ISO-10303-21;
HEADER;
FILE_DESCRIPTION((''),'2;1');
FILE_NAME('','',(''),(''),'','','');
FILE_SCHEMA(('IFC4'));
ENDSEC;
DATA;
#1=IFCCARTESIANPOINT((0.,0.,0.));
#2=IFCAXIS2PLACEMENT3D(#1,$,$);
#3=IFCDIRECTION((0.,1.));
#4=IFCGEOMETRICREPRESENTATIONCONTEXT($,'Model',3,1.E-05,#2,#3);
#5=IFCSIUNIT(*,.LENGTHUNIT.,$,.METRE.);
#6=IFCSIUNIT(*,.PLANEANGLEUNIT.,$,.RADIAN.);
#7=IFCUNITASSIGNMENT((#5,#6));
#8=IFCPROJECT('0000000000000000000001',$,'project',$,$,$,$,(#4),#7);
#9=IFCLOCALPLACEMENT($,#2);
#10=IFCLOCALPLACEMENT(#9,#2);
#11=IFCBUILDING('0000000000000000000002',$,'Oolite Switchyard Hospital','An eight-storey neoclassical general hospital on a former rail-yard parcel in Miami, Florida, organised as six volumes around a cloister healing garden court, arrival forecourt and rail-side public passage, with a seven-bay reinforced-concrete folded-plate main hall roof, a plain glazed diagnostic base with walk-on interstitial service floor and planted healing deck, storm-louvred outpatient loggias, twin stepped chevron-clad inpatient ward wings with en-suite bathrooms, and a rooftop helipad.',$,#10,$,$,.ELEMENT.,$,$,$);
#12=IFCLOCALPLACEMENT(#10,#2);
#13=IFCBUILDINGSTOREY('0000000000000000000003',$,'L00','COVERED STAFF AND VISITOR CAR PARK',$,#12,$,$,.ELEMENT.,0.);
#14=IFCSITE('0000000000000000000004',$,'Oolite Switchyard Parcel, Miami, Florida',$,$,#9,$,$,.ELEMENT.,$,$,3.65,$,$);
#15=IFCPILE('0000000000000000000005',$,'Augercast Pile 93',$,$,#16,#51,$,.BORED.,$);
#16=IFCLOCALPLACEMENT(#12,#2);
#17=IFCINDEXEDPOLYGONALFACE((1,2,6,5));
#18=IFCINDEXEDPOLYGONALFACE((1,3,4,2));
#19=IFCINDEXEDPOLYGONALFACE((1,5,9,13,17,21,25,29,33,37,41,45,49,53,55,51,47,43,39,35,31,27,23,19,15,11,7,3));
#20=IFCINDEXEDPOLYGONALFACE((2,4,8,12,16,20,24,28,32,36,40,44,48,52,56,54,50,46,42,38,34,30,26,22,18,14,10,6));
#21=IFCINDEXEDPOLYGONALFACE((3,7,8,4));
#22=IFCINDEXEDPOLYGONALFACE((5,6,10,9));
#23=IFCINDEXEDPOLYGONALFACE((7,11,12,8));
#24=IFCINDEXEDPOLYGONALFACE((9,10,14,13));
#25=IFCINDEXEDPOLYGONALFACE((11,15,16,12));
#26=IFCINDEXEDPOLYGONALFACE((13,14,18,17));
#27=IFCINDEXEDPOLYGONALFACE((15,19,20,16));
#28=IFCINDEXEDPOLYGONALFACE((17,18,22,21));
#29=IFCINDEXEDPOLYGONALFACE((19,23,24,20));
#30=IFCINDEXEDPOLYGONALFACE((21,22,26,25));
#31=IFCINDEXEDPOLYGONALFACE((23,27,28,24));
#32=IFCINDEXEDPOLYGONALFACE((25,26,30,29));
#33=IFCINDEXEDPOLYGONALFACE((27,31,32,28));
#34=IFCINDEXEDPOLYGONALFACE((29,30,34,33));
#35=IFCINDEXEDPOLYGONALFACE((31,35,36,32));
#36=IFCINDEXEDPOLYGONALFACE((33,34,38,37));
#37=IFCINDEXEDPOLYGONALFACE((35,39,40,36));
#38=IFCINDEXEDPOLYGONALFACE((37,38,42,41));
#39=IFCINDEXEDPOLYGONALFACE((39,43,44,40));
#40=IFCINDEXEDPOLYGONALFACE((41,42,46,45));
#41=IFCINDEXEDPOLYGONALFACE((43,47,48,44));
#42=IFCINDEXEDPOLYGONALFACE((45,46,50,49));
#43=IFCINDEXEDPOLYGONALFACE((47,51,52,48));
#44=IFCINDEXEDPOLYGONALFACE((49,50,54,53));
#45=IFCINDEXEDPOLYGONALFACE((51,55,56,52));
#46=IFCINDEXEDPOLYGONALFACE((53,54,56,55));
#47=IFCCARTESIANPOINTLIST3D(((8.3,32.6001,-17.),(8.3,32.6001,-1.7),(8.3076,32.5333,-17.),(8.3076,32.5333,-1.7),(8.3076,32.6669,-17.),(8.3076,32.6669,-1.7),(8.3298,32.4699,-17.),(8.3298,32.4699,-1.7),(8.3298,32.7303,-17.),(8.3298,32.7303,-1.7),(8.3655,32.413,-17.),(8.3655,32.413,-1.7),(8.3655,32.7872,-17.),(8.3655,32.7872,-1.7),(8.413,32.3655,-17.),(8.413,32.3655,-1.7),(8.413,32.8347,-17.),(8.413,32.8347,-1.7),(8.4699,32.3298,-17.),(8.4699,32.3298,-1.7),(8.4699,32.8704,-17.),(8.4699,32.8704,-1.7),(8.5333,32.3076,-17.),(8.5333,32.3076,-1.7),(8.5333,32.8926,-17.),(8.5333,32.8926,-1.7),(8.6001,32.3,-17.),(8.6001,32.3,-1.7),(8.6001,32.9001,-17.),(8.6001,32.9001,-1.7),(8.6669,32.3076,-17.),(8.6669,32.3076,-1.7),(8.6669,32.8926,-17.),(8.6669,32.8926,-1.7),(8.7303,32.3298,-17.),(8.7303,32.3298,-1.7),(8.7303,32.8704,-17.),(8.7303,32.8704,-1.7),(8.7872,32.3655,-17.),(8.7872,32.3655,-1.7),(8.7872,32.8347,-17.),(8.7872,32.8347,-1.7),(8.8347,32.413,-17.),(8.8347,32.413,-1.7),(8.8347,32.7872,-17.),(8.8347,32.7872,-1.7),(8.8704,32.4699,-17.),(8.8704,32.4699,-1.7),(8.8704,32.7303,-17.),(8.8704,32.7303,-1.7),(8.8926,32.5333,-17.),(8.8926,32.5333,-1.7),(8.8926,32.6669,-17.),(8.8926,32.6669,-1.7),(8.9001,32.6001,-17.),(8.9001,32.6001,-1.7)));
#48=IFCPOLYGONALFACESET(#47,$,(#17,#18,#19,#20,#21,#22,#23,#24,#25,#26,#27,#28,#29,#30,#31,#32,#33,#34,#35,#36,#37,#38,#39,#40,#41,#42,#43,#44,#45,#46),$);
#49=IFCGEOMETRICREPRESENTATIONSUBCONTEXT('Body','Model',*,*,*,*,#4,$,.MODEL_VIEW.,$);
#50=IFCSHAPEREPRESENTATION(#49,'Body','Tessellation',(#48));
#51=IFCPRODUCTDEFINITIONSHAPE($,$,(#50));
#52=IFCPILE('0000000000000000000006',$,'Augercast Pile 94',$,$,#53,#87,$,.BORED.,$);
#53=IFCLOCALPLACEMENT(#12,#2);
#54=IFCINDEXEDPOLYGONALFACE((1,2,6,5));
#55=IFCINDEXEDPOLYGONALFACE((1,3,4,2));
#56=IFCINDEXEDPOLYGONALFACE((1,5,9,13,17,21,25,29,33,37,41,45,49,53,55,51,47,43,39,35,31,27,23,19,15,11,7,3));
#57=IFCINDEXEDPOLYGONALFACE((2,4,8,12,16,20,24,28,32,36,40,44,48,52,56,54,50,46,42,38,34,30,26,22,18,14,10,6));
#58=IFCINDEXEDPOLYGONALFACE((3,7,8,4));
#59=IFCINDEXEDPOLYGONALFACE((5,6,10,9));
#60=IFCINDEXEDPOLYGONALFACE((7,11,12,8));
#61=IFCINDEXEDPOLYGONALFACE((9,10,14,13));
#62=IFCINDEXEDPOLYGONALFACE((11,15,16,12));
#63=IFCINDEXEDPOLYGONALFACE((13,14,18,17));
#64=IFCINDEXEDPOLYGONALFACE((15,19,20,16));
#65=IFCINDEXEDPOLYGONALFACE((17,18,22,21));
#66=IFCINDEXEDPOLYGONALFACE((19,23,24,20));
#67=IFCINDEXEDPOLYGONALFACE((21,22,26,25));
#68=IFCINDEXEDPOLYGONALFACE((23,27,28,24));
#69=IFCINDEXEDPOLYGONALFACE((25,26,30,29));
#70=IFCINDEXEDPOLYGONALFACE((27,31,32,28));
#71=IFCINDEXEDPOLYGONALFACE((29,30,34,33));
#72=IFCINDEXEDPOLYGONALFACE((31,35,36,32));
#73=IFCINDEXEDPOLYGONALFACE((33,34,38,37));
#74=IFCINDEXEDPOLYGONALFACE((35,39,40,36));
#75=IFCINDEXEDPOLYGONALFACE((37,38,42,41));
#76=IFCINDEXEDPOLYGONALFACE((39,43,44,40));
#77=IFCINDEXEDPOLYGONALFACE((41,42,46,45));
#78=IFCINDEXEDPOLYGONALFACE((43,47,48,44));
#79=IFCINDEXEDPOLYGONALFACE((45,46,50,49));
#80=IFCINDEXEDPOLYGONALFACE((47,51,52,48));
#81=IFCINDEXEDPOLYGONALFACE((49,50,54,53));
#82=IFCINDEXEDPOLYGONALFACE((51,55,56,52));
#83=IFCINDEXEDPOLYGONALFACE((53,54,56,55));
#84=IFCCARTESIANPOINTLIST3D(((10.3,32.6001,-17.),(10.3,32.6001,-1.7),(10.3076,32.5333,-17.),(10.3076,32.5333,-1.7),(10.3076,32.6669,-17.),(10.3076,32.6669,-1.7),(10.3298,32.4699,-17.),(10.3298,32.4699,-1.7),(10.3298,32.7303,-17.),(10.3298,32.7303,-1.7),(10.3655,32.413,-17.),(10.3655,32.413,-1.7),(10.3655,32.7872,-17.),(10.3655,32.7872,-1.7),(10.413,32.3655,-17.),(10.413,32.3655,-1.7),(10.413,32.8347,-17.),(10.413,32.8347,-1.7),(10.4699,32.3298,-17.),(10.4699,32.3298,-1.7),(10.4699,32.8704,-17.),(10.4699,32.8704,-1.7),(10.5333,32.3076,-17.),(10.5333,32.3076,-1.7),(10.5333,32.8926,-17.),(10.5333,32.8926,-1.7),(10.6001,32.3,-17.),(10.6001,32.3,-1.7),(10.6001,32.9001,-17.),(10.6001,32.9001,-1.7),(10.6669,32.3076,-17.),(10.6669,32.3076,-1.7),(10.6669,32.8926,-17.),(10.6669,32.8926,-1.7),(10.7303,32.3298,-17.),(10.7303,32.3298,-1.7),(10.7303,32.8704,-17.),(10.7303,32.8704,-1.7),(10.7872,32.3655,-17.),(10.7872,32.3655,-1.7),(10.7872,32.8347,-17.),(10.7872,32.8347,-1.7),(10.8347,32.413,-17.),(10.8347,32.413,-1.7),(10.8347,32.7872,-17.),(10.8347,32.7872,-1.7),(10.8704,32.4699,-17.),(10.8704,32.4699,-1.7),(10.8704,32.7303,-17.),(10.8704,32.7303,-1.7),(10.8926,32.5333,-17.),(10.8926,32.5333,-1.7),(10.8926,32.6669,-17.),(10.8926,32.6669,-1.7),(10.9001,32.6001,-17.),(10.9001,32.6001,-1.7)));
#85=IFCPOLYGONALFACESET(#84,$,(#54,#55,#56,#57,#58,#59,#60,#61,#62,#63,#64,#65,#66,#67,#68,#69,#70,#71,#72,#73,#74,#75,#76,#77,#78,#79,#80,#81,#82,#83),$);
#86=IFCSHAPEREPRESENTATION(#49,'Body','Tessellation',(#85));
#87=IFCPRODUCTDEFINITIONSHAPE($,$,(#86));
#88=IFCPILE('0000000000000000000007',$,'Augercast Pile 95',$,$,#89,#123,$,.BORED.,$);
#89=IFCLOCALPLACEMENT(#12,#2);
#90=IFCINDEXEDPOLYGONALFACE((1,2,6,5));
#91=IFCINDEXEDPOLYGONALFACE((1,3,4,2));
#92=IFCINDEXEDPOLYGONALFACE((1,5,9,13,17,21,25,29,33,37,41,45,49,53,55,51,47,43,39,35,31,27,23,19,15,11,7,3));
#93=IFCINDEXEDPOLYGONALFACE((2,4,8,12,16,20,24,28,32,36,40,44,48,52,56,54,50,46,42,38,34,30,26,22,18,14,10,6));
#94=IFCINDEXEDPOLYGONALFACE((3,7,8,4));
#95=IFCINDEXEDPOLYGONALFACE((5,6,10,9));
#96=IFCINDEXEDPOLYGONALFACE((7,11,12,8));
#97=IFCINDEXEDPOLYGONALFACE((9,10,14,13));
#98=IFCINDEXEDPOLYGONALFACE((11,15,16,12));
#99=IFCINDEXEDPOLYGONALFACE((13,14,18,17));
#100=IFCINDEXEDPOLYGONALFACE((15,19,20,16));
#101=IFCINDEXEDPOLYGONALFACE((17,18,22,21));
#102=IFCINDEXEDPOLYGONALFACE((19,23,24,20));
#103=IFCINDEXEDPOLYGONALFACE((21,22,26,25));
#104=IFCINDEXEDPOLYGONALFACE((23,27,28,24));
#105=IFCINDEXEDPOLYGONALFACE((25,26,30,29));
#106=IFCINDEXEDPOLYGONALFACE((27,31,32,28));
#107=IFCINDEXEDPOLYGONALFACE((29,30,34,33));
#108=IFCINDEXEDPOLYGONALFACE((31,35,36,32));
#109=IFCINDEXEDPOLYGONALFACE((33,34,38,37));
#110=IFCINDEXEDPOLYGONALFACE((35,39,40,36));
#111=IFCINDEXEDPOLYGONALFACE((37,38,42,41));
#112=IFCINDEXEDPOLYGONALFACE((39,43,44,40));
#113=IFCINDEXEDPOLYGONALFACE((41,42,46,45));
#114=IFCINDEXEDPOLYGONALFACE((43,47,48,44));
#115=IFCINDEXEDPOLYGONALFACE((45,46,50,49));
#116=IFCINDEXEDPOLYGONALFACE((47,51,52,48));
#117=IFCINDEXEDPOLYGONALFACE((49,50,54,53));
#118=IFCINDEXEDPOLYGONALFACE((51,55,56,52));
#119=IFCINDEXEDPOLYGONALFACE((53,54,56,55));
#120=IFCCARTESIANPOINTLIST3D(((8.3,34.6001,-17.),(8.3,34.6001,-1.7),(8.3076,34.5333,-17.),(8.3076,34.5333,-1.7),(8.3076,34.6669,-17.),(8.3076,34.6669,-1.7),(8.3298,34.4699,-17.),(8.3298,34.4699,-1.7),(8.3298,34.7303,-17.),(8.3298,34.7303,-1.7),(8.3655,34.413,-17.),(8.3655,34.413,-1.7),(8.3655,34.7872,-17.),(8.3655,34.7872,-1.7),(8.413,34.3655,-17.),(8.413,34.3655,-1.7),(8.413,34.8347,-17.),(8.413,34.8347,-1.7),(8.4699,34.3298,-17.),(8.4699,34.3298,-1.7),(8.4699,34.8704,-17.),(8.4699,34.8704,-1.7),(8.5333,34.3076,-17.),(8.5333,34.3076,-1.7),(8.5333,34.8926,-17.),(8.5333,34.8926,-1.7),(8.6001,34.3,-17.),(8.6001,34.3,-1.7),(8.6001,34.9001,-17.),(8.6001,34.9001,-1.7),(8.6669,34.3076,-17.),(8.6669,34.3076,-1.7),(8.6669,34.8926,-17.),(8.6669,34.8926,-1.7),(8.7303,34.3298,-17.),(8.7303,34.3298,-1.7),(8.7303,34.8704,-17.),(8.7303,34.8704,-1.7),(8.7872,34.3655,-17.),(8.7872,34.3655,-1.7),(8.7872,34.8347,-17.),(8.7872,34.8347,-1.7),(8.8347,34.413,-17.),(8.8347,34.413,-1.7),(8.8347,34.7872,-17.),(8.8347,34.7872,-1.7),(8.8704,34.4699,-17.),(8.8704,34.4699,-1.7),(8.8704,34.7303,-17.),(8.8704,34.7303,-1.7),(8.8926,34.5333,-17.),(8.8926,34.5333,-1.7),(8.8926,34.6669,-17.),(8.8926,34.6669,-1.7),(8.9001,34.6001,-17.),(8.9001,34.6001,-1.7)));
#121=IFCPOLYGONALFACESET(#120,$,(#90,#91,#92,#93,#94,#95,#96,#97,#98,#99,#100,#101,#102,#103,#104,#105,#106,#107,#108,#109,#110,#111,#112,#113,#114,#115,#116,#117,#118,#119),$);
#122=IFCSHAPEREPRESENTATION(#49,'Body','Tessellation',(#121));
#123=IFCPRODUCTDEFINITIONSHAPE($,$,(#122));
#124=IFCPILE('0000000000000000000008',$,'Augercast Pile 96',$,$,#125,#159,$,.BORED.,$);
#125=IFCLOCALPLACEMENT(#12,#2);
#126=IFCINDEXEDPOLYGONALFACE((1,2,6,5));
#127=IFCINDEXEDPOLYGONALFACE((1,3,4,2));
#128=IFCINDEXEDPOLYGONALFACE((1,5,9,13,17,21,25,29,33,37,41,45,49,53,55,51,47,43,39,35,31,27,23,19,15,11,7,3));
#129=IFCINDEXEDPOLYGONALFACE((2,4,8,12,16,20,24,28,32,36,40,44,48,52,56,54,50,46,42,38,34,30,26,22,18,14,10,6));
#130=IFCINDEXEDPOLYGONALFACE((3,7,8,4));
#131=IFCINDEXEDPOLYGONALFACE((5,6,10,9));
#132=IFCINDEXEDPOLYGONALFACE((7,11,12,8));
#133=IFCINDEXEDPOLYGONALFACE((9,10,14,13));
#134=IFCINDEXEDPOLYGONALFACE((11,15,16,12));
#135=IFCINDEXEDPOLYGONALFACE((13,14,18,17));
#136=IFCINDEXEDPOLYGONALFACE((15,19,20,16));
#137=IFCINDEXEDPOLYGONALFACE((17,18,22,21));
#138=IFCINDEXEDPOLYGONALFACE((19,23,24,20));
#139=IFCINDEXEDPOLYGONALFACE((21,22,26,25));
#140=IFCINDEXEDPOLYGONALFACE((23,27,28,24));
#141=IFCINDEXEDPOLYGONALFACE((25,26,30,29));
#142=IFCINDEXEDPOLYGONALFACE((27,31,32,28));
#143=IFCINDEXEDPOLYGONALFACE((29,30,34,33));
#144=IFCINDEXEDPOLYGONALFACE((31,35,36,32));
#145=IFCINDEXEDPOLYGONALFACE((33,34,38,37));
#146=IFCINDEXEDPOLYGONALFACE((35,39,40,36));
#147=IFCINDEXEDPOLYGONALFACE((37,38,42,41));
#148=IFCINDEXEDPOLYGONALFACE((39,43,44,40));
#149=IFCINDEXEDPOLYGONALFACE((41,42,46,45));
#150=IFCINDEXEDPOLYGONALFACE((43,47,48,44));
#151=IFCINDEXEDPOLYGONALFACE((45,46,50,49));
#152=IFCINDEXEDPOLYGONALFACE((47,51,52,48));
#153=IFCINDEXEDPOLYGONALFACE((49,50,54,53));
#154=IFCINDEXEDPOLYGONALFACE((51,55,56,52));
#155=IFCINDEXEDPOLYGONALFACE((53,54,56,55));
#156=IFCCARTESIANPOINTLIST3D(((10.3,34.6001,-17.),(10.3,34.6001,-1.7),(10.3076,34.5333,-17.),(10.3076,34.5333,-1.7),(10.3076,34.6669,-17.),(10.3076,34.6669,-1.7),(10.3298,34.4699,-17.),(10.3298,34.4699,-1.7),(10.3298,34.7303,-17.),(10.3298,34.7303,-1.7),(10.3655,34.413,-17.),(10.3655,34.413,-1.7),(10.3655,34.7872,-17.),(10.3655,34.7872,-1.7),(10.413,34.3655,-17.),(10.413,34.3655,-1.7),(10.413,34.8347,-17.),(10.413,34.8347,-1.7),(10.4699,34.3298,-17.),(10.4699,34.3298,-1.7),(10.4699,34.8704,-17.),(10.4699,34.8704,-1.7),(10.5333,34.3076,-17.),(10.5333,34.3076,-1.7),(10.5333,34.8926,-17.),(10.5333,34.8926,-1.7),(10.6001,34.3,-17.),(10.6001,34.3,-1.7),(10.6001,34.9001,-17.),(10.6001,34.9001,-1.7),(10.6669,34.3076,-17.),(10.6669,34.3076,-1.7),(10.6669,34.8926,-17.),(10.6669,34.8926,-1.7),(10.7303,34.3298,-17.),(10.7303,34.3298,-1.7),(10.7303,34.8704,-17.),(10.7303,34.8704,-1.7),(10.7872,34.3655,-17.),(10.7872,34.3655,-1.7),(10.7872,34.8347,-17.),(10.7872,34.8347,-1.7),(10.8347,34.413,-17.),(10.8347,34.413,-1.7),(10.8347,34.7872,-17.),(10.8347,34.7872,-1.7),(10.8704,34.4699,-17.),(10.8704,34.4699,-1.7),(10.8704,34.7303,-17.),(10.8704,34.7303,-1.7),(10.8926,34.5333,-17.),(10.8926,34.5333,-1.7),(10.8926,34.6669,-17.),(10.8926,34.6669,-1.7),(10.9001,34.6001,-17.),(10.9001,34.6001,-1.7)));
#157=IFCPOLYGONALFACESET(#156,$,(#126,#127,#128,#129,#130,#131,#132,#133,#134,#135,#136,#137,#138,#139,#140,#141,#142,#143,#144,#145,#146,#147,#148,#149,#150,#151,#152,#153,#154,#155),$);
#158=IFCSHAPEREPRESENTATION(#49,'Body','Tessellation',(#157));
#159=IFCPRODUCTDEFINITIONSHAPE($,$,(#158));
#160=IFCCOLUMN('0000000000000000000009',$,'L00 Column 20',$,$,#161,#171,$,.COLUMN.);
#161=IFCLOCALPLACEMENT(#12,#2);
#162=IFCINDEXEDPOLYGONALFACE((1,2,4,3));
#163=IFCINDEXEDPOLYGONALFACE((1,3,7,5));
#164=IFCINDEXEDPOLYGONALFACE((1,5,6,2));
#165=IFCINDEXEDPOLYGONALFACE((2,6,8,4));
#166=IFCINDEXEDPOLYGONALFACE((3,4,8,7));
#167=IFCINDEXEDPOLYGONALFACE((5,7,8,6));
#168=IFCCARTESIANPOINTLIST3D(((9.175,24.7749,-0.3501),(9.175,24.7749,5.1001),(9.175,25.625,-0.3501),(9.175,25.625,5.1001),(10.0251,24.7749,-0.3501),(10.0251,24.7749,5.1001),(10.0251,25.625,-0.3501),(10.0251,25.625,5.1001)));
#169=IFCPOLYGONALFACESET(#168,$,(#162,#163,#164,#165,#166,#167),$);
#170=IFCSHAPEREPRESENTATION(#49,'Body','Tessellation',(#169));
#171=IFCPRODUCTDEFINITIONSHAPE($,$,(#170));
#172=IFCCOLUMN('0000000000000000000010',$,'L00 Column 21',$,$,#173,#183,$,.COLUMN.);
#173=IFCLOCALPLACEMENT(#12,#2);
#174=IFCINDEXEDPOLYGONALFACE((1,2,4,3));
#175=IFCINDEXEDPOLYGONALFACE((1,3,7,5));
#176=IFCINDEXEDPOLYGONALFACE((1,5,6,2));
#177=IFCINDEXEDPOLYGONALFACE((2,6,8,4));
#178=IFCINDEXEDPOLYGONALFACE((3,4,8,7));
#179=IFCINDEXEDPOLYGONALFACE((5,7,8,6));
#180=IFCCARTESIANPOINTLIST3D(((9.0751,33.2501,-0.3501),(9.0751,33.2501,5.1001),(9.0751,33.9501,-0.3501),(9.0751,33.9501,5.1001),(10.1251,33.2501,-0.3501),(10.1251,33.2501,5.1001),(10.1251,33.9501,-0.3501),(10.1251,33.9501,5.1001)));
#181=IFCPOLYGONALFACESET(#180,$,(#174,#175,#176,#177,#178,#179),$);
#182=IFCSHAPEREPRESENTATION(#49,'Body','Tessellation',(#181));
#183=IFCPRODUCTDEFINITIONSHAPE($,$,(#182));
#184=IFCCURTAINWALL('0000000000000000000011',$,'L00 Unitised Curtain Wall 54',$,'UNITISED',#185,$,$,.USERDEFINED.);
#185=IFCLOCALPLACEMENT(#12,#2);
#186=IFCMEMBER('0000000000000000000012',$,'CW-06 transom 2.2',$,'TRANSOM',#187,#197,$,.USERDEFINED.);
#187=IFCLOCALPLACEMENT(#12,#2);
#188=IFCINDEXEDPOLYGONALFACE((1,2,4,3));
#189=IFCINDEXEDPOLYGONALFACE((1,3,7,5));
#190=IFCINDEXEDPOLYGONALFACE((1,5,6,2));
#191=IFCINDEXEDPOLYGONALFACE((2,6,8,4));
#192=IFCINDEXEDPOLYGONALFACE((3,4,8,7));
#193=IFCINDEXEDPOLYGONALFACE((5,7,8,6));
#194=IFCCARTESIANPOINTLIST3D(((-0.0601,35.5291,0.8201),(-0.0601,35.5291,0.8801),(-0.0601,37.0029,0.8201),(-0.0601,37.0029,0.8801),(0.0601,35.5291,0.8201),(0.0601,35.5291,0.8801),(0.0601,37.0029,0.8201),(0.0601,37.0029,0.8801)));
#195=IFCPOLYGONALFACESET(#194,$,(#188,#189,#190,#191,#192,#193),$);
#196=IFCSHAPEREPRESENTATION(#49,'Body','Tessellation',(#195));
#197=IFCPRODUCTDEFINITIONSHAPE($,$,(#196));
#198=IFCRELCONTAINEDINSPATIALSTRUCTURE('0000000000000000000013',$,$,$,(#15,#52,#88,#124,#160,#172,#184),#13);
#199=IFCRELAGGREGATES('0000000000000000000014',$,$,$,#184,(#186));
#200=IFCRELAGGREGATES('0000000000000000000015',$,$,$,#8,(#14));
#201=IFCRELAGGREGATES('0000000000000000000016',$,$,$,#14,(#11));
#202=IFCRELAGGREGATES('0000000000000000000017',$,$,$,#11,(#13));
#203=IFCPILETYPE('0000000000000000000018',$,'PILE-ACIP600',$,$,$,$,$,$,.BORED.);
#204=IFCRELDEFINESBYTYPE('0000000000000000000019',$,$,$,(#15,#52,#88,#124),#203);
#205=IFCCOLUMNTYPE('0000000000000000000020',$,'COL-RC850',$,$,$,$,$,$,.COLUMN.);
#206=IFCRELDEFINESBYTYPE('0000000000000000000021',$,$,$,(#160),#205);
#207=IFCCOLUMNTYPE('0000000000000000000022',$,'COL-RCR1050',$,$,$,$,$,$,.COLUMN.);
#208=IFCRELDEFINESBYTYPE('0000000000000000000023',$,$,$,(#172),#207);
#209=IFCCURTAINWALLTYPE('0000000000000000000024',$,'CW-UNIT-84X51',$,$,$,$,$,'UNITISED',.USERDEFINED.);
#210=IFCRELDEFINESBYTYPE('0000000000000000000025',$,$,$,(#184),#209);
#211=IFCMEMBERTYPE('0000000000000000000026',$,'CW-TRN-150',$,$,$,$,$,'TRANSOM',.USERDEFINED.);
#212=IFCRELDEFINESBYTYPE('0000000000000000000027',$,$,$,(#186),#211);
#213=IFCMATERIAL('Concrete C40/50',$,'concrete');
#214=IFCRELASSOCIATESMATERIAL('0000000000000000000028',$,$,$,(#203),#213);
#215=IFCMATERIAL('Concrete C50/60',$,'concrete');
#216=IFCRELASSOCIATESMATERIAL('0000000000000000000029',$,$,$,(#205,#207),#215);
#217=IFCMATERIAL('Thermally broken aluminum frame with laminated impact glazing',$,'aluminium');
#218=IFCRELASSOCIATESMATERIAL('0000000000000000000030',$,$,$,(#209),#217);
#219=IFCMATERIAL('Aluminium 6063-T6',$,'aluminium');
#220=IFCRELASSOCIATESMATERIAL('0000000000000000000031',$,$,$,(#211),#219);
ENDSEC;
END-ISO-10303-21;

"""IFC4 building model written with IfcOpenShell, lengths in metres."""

from ifc_helpers import new_model, si_unit, direction, frame, origin, origin_2d, place, context, subcontext, project, spatial, rectangle, circle, extrude, material, material_profile, profile_set, type_object, element, aggregate, save


model = new_model("IFC4")

# Units and contexts
model_context = context("Model", 3, precision=1e-05, world=origin(), true_north=direction((0.0, 1.0)))
body_context = subcontext(model_context, "Body", "Model", "MODEL_VIEW")
ifc_project = project(units=[si_unit("LENGTHUNIT", "METRE"), si_unit("PLANEANGLEUNIT", "RADIAN")], contexts=[model_context])

# Site, building, storey
site_placement = place(None, origin())
site = spatial("IfcSite", under=ifc_project, at=site_placement, Name="Oolite Switchyard Parcel, Miami, Florida", CompositionType="ELEMENT", RefElevation=3.65)
building_placement = place(site_placement, origin())
building = spatial("IfcBuilding", under=site, at=building_placement, Name="Oolite Switchyard Hospital", Description="An eight-storey neoclassical general hospital on a former rail-yard parcel in Miami, Florida, organised as six volumes around a cloister healing garden court, arrival forecourt and rail-side public passage, with a seven-bay reinforced-concrete folded-plate main hall roof, a plain glazed diagnostic base with walk-on interstitial service floor and planted healing deck, storm-louvred outpatient loggias, twin stepped chevron-clad inpatient ward wings with en-suite bathrooms, and a rooftop helipad.", CompositionType="ELEMENT")
storey_placement = place(building_placement, origin())
storey = spatial("IfcBuildingStorey", under=building, at=storey_placement, Name="L00", Description="COVERED STAFF AND VISITOR CAR PARK", CompositionType="ELEMENT", Elevation=0.0)

# Shared definitions
ifc_material_1 = material(Name="Concrete C40/50", Category="concrete")

# Piles
ifc_material_profile_1 = material_profile(ifc_material_1, circle(Radius=0.3, at=origin_2d()), Name="PILE600")
ifc_profile_set_1 = profile_set([ifc_material_profile_1], Name="Concrete C40/50")
pile_type = type_object("IfcPileType", Name="PILE-ACIP600", PredefinedType="BORED", material=ifc_profile_set_1)
for number, where, z_axis, x_axis, name in (
    (1, (8.6001, 32.6001, -1.7), (0.0, 0.0, -1.0), (1.0, 0.0, 0.0), "Augercast Pile 93"),
    (2, (10.6001, 32.6001, -1.7), (0.0, 0.0, -1.0), (1.0, 0.0, 0.0), "Augercast Pile 94"),
    (3, (8.6001, 34.6001, -1.7), (0.0, 0.0, -1.0), (1.0, 0.0, 0.0), "Augercast Pile 95"),
    (4, (10.6001, 34.6001, -1.7), (0.0, 0.0, -1.0), (1.0, 0.0, 0.0), "Augercast Pile 96"),
):
    element("IfcPile", number, at=place(storey_placement, frame(where, z_axis=z_axis, x_axis=x_axis)), inside=storey, type_object=pile_type, Name=name, PredefinedType="BORED", context=body_context, shape_type="SweptSolid", body=[
        extrude(circle(Radius=0.3, at=origin_2d()), origin(), (0.0, 0.0, 1.0), 15.3),
    ])

# Columns
ifc_material_2 = material(Name="Concrete C50/60", Category="concrete")
ifc_material_profile_2 = material_profile(ifc_material_2, rectangle(XDim=0.8501, YDim=0.8501, at=origin_2d()), Name="RC850X850")
ifc_profile_set_2 = profile_set([ifc_material_profile_2], Name="Concrete C50/60")
column_type_1 = type_object("IfcColumnType", Name="COL-RC850", PredefinedType="COLUMN", material=ifc_profile_set_2)
column_1_placement = place(storey_placement, frame((9.6001, 25.2, -0.3501), z_axis=(0.0, 0.0, 1.0), x_axis=(1.0, 0.0, 0.0)))
element("IfcColumn", 5, at=column_1_placement, inside=storey, type_object=column_type_1, Name="L00 Column 20", PredefinedType="COLUMN", context=body_context, shape_type="SweptSolid", body=[
    extrude(rectangle(XDim=0.8501, YDim=0.8501, at=origin_2d()), origin(), (0.0, 0.0, 1.0), 5.4502),
])
ifc_material_profile_3 = material_profile(ifc_material_2, rectangle(XDim=1.05, YDim=0.7, at=origin_2d()), Name="RC1050X700")
ifc_profile_set_3 = profile_set([ifc_material_profile_3], Name="Concrete C50/60")
column_type_2 = type_object("IfcColumnType", Name="COL-RCR1050", PredefinedType="COLUMN", material=ifc_profile_set_3)
column_2_placement = place(storey_placement, frame((9.6001, 33.6001, -0.3501), z_axis=(0.0, 0.0, 1.0), x_axis=(1.0, 0.0, 0.0)))
element("IfcColumn", 6, at=column_2_placement, inside=storey, type_object=column_type_2, Name="L00 Column 21", PredefinedType="COLUMN", context=body_context, shape_type="SweptSolid", body=[
    extrude(rectangle(XDim=1.05, YDim=0.7, at=origin_2d()), origin(), (0.0, 0.0, 1.0), 5.4502),
])

# Curtain wall, member
ifc_material_3 = material(Name="Thermally broken aluminum frame with laminated impact glazing", Category="aluminium")
curtain_wall_type = type_object("IfcCurtainWallType", Name="CW-UNIT-84X51", ElementType="UNITISED", PredefinedType="USERDEFINED", material=ifc_material_3)
curtain_wall_placement = place(storey_placement, origin())
curtain_wall = element("IfcCurtainWall", 7, at=curtain_wall_placement, inside=storey, type_object=curtain_wall_type, Name="L00 Unitised Curtain Wall 54", ObjectType="UNITISED", PredefinedType="USERDEFINED")
ifc_material_4 = material(Name="Aluminium 6063-T6", Category="aluminium")
ifc_material_profile_4 = material_profile(ifc_material_4, rectangle(XDim=0.1201, YDim=0.0601, at=origin_2d()), Name="CWT60X120")
ifc_profile_set_4 = profile_set([ifc_material_profile_4], Name="Aluminium 6063-T6")
member_type = type_object("IfcMemberType", Name="CW-TRN-150", ElementType="TRANSOM", PredefinedType="USERDEFINED", material=ifc_profile_set_4)
member_1_placement = place(storey_placement, frame((0.0, 35.5291, 0.8501), z_axis=(0.0, 1.0, 0.0), x_axis=(-1.0, 0.0, 0.0)))
member_1 = element("IfcMember", 8, at=member_1_placement, type_object=member_type, Name="CW-06 transom 2.2", ObjectType="TRANSOM", PredefinedType="USERDEFINED", context=body_context, shape_type="SweptSolid", body=[
    extrude(rectangle(XDim=0.1201, YDim=0.0601, at=origin_2d()), origin(), (0.0, 0.0, 1.0), 1.4739),
])
aggregate(curtain_wall, [member_1])

save(model, "model.ifc")
